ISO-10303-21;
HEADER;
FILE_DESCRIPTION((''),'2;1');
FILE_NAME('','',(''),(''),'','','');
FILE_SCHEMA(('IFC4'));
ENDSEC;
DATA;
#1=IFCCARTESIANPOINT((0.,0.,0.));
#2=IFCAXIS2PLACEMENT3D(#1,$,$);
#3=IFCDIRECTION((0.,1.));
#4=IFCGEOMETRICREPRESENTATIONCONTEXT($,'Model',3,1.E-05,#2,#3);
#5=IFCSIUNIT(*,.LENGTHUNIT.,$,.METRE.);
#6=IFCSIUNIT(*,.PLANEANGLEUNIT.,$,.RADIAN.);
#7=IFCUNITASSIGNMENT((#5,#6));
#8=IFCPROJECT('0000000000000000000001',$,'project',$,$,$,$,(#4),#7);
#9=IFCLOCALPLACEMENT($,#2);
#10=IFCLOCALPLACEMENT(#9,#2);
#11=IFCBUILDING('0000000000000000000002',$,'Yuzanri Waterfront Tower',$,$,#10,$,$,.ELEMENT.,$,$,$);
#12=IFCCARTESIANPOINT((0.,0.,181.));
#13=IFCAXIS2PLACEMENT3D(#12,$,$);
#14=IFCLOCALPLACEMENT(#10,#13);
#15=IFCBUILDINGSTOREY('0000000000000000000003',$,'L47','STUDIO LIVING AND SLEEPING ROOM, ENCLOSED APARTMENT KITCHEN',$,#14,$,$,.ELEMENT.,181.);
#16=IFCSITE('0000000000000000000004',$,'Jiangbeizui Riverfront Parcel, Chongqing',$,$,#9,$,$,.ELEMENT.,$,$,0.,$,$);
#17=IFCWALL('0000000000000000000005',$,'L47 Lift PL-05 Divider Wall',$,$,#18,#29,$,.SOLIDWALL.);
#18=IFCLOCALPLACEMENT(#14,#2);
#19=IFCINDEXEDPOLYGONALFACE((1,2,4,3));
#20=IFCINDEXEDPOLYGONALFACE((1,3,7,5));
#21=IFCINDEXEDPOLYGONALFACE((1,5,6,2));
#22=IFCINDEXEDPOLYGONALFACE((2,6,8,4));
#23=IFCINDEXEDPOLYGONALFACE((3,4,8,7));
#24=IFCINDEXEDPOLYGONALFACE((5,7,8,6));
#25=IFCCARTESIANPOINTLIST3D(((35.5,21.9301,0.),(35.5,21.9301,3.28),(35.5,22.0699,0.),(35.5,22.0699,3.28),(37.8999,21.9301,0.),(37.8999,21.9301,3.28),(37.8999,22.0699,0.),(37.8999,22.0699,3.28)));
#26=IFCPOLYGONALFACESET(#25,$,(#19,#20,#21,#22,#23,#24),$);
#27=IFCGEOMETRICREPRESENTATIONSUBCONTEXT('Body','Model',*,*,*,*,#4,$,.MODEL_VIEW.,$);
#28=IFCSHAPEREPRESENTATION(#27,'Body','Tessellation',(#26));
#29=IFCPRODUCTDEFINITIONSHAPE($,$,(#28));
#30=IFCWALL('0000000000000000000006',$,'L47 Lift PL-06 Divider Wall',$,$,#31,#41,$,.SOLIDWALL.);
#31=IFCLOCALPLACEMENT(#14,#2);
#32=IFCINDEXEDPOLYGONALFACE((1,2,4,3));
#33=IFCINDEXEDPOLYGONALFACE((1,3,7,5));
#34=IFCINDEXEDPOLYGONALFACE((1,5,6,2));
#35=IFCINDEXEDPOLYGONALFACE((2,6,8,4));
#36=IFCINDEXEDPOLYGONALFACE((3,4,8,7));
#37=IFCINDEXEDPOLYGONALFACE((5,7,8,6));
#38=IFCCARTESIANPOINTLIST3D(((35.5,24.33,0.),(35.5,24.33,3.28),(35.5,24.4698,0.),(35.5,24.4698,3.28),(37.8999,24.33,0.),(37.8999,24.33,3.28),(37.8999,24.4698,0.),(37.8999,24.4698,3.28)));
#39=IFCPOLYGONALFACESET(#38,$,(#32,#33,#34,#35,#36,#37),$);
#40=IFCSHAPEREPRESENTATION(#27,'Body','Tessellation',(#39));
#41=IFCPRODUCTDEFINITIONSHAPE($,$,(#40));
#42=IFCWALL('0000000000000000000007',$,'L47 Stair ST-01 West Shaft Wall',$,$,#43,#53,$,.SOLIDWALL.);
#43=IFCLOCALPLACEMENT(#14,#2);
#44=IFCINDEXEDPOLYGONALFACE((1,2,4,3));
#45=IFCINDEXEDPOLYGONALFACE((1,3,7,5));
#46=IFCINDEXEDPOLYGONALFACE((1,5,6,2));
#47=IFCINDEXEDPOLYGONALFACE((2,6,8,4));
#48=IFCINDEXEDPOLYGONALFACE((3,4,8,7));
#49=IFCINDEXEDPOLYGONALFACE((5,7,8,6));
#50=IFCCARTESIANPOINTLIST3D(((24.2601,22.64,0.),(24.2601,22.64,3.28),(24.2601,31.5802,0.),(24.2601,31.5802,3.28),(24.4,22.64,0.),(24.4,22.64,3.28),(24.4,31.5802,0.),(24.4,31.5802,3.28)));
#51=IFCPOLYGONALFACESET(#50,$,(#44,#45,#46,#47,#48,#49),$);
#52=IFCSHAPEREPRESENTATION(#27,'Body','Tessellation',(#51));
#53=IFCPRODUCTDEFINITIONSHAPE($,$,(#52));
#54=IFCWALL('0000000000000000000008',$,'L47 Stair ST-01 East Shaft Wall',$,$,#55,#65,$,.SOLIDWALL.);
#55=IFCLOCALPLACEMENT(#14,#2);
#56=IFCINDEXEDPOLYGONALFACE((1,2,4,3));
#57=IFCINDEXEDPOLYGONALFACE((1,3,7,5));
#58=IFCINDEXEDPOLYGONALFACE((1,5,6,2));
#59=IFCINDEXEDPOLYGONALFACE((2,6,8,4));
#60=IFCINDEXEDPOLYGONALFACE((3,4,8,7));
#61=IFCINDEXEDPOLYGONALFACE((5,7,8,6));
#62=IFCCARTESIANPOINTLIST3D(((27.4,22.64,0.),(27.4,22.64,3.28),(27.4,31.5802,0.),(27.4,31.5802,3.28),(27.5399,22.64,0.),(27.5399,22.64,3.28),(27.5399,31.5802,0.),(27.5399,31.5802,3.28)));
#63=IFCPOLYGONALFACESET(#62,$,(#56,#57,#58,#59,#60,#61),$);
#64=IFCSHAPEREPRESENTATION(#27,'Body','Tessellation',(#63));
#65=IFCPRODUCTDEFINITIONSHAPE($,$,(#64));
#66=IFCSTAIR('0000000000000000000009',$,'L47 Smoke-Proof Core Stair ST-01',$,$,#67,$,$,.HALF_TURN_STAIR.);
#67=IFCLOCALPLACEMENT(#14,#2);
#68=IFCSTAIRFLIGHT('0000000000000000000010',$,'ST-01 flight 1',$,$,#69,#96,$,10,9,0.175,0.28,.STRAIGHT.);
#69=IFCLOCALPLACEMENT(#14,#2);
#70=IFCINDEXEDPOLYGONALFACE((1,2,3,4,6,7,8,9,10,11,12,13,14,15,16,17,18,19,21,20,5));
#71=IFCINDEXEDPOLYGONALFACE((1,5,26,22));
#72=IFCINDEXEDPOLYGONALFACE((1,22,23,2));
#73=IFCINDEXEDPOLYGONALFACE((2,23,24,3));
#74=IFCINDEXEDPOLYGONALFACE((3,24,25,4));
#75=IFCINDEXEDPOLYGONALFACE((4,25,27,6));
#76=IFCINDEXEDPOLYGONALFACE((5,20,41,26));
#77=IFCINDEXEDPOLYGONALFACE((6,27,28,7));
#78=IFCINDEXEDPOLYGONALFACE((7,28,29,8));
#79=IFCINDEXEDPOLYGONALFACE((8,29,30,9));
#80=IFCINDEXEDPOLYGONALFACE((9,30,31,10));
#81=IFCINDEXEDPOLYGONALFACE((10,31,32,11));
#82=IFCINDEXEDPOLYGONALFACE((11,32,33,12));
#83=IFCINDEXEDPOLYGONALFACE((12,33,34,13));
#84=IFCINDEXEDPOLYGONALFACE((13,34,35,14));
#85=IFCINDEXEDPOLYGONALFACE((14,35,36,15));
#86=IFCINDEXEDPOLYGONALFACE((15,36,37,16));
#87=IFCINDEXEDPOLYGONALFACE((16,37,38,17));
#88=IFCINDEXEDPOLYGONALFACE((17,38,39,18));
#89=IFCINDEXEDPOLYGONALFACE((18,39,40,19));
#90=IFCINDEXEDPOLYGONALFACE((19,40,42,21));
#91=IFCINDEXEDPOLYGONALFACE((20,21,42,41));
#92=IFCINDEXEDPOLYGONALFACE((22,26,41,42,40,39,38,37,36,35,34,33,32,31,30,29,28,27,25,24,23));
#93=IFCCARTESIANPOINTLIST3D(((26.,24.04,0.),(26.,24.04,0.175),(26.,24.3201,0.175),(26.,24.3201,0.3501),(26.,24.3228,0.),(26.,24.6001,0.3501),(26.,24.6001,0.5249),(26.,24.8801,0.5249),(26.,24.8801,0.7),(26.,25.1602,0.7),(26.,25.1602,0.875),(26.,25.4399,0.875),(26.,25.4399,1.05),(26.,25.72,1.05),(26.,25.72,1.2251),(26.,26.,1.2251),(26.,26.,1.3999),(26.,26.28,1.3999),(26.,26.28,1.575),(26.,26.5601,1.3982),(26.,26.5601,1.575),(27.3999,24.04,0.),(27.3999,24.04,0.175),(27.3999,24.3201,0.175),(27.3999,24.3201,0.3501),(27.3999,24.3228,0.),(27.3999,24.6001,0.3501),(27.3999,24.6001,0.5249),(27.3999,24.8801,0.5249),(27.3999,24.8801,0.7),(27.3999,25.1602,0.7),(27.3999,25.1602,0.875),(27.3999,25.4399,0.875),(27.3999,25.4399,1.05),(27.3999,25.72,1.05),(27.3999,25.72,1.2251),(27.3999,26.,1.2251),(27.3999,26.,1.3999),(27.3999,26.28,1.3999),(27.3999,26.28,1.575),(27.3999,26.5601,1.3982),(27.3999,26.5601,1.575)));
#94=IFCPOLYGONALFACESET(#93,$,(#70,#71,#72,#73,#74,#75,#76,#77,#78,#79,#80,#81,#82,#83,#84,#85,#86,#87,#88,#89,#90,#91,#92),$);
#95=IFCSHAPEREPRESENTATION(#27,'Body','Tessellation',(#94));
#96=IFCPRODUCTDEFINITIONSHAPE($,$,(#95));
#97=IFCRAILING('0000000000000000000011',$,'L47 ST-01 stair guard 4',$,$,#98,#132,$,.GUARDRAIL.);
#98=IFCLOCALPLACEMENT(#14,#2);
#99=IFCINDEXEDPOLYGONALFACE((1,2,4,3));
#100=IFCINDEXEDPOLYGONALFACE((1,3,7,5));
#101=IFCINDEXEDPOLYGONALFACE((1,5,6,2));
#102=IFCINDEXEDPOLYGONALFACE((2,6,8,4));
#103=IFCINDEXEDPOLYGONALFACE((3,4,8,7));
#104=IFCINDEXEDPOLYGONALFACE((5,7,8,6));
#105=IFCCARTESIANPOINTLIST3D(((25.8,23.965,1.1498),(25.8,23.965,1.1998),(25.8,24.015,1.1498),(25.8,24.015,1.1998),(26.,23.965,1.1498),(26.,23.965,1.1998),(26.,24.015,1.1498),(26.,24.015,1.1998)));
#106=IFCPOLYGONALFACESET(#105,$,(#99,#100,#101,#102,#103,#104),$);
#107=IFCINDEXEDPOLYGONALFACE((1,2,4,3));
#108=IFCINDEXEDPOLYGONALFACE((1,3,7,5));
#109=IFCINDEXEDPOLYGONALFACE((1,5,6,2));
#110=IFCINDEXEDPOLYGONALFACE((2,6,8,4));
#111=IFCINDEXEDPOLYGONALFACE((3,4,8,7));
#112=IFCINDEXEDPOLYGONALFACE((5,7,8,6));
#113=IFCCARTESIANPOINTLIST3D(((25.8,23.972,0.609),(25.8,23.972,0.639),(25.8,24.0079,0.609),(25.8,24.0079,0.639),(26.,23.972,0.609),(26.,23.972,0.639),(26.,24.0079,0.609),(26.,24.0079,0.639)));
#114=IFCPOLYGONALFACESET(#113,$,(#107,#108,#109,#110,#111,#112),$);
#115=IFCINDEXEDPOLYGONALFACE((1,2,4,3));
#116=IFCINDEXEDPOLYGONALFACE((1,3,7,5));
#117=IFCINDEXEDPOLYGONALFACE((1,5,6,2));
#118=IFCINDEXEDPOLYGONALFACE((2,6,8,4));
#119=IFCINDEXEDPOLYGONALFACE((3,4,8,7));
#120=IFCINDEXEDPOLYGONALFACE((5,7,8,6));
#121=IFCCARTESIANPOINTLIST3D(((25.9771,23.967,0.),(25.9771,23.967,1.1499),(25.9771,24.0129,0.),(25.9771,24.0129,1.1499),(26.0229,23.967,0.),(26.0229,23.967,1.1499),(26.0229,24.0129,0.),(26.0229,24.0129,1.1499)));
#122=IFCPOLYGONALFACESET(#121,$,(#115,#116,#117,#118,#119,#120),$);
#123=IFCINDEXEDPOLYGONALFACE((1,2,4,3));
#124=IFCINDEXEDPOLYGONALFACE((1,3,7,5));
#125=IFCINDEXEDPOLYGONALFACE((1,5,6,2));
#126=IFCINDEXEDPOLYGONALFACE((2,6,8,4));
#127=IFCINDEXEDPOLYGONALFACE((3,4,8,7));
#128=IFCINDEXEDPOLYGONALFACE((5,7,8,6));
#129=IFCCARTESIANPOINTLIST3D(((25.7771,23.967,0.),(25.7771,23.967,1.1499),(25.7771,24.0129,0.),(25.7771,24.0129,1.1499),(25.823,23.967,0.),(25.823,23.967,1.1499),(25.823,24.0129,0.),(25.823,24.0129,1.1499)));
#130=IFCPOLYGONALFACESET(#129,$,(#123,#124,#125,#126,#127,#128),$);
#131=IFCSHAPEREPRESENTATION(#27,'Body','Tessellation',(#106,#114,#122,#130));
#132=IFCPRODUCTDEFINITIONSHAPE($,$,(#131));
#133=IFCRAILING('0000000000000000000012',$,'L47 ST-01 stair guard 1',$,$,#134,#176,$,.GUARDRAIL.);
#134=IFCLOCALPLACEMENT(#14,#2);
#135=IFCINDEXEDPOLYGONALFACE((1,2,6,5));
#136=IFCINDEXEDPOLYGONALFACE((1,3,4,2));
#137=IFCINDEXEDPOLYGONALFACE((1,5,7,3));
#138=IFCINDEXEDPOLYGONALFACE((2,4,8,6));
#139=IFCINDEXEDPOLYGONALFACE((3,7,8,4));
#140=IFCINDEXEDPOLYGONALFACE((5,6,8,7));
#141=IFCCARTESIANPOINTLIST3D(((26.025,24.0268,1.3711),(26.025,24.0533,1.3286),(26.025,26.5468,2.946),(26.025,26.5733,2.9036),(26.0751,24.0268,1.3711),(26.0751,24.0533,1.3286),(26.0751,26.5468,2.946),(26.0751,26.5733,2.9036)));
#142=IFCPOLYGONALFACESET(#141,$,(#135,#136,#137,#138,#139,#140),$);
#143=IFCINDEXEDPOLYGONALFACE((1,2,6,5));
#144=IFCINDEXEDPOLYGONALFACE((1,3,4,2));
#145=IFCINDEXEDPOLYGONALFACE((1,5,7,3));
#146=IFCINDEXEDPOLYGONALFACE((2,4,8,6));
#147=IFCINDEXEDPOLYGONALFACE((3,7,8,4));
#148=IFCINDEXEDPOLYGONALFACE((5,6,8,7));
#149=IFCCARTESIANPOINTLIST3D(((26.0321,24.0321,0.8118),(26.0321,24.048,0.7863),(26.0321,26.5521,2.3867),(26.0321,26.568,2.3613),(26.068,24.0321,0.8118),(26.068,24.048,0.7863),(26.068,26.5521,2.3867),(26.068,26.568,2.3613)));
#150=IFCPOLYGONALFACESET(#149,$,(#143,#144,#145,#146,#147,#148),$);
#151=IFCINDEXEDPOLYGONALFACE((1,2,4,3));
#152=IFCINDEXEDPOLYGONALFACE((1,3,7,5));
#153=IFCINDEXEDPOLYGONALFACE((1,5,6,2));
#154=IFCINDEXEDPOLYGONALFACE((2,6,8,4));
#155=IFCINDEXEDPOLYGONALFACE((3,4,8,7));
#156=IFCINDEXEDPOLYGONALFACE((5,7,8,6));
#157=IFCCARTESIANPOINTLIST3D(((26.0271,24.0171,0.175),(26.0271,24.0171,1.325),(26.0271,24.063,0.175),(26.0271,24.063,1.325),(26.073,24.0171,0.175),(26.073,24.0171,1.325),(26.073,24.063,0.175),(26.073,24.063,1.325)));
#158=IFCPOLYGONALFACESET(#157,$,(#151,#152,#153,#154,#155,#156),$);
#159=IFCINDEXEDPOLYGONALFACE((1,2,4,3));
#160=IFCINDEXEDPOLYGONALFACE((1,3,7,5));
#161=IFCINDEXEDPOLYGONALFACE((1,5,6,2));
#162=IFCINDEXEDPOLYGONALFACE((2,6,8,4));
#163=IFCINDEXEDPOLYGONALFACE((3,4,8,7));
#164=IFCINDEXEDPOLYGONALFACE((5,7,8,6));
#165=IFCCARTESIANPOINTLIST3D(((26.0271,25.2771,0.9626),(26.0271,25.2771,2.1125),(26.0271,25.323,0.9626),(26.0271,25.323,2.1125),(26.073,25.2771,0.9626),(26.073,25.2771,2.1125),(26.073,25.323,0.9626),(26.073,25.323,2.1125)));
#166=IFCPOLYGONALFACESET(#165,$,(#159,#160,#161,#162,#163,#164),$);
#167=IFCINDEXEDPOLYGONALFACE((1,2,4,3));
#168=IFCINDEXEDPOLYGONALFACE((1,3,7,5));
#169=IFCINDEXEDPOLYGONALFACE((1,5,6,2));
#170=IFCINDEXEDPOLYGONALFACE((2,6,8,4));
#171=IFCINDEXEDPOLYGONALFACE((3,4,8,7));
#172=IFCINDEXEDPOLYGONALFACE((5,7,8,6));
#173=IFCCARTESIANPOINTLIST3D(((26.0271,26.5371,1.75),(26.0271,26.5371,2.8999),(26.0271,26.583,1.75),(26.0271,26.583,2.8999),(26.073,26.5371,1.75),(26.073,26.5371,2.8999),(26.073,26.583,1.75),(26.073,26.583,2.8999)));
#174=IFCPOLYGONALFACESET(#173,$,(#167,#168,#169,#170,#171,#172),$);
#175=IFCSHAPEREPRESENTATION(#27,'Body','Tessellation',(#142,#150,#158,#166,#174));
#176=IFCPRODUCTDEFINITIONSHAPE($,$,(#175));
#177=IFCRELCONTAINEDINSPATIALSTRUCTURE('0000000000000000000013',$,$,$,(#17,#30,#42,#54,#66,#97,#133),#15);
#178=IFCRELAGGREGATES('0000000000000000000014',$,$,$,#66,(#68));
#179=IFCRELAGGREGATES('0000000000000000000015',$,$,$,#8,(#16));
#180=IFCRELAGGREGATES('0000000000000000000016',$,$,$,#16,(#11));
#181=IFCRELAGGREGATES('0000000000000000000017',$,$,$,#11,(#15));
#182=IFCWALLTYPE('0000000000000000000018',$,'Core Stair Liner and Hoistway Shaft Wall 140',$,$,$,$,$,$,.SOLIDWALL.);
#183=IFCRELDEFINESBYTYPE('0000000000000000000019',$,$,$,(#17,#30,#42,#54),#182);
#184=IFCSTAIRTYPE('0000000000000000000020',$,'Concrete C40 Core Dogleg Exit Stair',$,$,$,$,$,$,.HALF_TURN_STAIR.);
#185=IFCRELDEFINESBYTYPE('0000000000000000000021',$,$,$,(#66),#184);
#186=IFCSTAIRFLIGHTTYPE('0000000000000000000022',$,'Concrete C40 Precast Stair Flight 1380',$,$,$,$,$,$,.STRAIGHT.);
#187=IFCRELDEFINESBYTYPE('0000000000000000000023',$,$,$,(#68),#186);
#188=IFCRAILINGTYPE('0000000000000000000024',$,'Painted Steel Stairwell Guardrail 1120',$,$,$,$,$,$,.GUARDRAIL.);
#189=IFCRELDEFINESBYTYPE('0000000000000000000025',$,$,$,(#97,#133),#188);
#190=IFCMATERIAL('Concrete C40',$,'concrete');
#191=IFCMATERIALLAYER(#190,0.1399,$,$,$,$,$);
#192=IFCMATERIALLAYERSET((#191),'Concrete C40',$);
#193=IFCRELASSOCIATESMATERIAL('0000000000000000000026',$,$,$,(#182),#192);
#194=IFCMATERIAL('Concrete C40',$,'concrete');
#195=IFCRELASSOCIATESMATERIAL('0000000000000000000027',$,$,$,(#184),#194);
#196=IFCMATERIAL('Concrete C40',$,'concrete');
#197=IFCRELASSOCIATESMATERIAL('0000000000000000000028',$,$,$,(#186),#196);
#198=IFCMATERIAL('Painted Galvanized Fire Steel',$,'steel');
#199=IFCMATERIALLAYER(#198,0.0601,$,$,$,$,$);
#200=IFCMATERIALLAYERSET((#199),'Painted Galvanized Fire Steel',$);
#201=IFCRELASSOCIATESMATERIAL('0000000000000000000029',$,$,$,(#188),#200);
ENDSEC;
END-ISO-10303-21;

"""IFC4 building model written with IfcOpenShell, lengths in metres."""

from ifc_helpers import new_model, si_unit, direction, frame, frame_2d, origin, origin_2d, place, context, subcontext, project, spatial, polyline, rectangle, outline, extrude, source, transform, mapped, material, layer, layer_set, type_object, element, aggregate, save


model = new_model("IFC4")

# Units and contexts
model_context = context("Model", 3, precision=1e-05, world=origin(), true_north=direction((0.0, 1.0)))
body_context = subcontext(model_context, "Body", "Model", "MODEL_VIEW")
ifc_project = project(units=[si_unit("LENGTHUNIT", "METRE"), si_unit("PLANEANGLEUNIT", "RADIAN")], contexts=[model_context])

# Site, building, storey
site_placement = place(None, origin())
site = spatial("IfcSite", under=ifc_project, at=site_placement, Name="Jiangbeizui Riverfront Parcel, Chongqing", CompositionType="ELEMENT", RefElevation=0.0)
building_placement = place(site_placement, origin())
building = spatial("IfcBuilding", under=site, at=building_placement, Name="Yuzanri Waterfront Tower", CompositionType="ELEMENT")
storey_placement = place(building_placement, frame((0.0, 0.0, 181.0)))
storey = spatial("IfcBuildingStorey", under=building, at=storey_placement, Name="L47", Description="STUDIO LIVING AND SLEEPING ROOM, ENCLOSED APARTMENT KITCHEN", CompositionType="ELEMENT", Elevation=181.0)

# Shared definitions
ifc_material_1 = material(Name="Concrete C40", Category="concrete")
ifc_layer_1 = layer(ifc_material_1, 0.1399)
ifc_layer_set_1 = layer_set([ifc_layer_1], Name="Concrete C40")
wall_type_1 = type_object("IfcWallType", Name="Core Stair Liner and Hoistway Shaft Wall 140", PredefinedType="SOLIDWALL", material=ifc_layer_set_1)

# Walls
shared_shape_1 = source(origin(), body_context, "Body", "SweptSolid", [
    extrude(rectangle(XDim=2.3999, YDim=0.1399, at=frame_2d((1.2, 0.0))), origin(), (0.0, 0.0, 1.0), 3.28),
])
for number, where, z_axis, x_axis, name in (
    (1, (35.5, 22.0, 0.0), (0.0, 0.0, 1.0), (1.0, 0.0, 0.0), "L47 Lift PL-05 Divider Wall"),
    (2, (35.5, 24.3999, 0.0), (0.0, 0.0, 1.0), (1.0, 0.0, 0.0), "L47 Lift PL-06 Divider Wall"),
):
    element("IfcWall", number, at=place(storey_placement, frame(where, z_axis=z_axis, x_axis=x_axis)), inside=storey, type_object=wall_type_1, Name=name, PredefinedType="SOLIDWALL", context=body_context, shape_type="MappedRepresentation", body=[
        mapped(shared_shape_1, transform((0.0, 0.0, 0.0), scale=1.0)),
    ])
shared_shape_2 = source(origin(), body_context, "Body", "SweptSolid", [
    extrude(rectangle(XDim=8.9402, YDim=0.1399, at=frame_2d((4.4702, 0.0))), origin(), (0.0, 0.0, 1.0), 3.28),
])
for number, where, z_axis, x_axis, name in (
    (3, (24.3301, 22.6399, 0.0), (0.0, 0.0, 1.0), (0.0, 1.0, 0.0), "L47 Stair ST-01 West Shaft Wall"),
    (4, (27.47, 22.6399, 0.0), (0.0, 0.0, 1.0), (0.0, 1.0, 0.0), "L47 Stair ST-01 East Shaft Wall"),
):
    element("IfcWall", number, at=place(storey_placement, frame(where, z_axis=z_axis, x_axis=x_axis)), inside=storey, type_object=wall_type_1, Name=name, PredefinedType="SOLIDWALL", context=body_context, shape_type="MappedRepresentation", body=[
        mapped(shared_shape_2, transform((0.0, 0.0, 0.0), scale=1.0)),
    ])

# Stair, stair flight
ifc_material_2 = material(Name="Concrete C40", Category="concrete")
stair_type = type_object("IfcStairType", Name="Concrete C40 Core Dogleg Exit Stair", PredefinedType="HALF_TURN_STAIR", material=ifc_material_2)
stair_placement = place(storey_placement, origin())
stair = element("IfcStair", 5, at=stair_placement, inside=storey, type_object=stair_type, Name="L47 Smoke-Proof Core Stair ST-01", PredefinedType="HALF_TURN_STAIR")
ifc_material_3 = material(Name="Concrete C40", Category="concrete")
stair_flight_type = type_object("IfcStairFlightType", Name="Concrete C40 Precast Stair Flight 1380", PredefinedType="STRAIGHT", material=ifc_material_3)
shared_shape_3 = source(origin(), body_context, "Body", "SweptSolid", [
    extrude(outline(polyline([(0.0, 0.0), (0.0, 0.175), (0.28, 0.175), (0.28, 0.3501), (0.5601, 0.3501), (0.5601, 0.5249), (0.8401, 0.5249), (0.8401, 0.7), (1.1201, 0.7), (1.1201, 0.875), (1.3999, 0.875), (1.3999, 1.05), (1.6799, 1.05), (1.6799, 1.2251), (1.96, 1.2251), (1.96, 1.3999), (2.24, 1.3999), (2.24, 1.575), (2.52, 1.575), (2.52, 1.75), (2.52, 1.3982), (0.2827, 0.0), (0.0, 0.0)])), frame((0.0, 0.7, 0.0), z_axis=(0.0, -1.0, 0.0), x_axis=(1.0, 0.0, 0.0)), (0.0, 0.0, 1.0), 1.3999),
])
stair_flight_placement = place(storey_placement, frame((26.7, 24.04, 0.0), z_axis=(0.0, 0.0, 1.0), x_axis=(0.0, 1.0, 0.0)))
stair_flight = element("IfcStairFlight", 6, at=stair_flight_placement, type_object=stair_flight_type, Name="ST-01 flight 1", NumberOfRisers=10, NumberOfTreads=9, PredefinedType="STRAIGHT", RiserHeight=0.175, TreadLength=0.28, context=body_context, shape_type="MappedRepresentation", body=[
    mapped(shared_shape_3, transform((0.0, 0.0, 0.0), scale=1.0)),
])
aggregate(stair, [stair_flight])

# Railings
ifc_material_4 = material(Name="Painted Galvanized Fire Steel", Category="steel")
ifc_layer_2 = layer(ifc_material_4, 0.0601)
ifc_layer_set_2 = layer_set([ifc_layer_2], Name="Painted Galvanized Fire Steel")
railing_type_1 = type_object("IfcRailingType", Name="Painted Steel Stairwell Guardrail 1120", PredefinedType="GUARDRAIL", material=ifc_layer_set_2)
shared_shape_4 = source(origin(), body_context, "Body", "SweptSolid", [
    extrude(rectangle(XDim=0.05, YDim=0.05, at=origin_2d()), frame((0.0, 0.0, 1.1748), z_axis=(-1.0, 0.0, 0.0), x_axis=(0.0, -1.0, 0.0)), (0.0, 0.0, 1.0), 0.2),
    extrude(rectangle(XDim=0.0359, YDim=0.03, at=origin_2d()), frame((0.0, 0.0, 0.624), z_axis=(-1.0, 0.0, 0.0), x_axis=(0.0, -1.0, 0.0)), (0.0, 0.0, 1.0), 0.2),
    extrude(rectangle(XDim=0.0459, YDim=0.0459, at=origin_2d()), origin(), (0.0, 0.0, 1.0), 1.1499),
    extrude(rectangle(XDim=0.0459, YDim=0.0459, at=origin_2d()), frame((-0.2, 0.0, 0.0)), (0.0, 0.0, 1.0), 1.1499),
])
railing_1_placement = place(storey_placement, frame((26.0, 23.99, 0.0)))
element("IfcRailing", 7, at=railing_1_placement, inside=storey, type_object=railing_type_1, Name="L47 ST-01 stair guard 4", PredefinedType="GUARDRAIL", context=body_context, shape_type="MappedRepresentation", body=[
    mapped(shared_shape_4, transform((0.0, 0.0, 0.0), scale=1.0)),
])
shared_shape_5 = source(origin(), body_context, "Body", "SweptSolid", [
    extrude(rectangle(XDim=0.05, YDim=0.05, at=origin_2d()), frame((0.0, 0.0, 1.1748), z_axis=(0.0, 0.848008, 0.529984), x_axis=(-1.0, 0.0, 0.0)), (0.0, 0.0, 1.0), 2.9717),
    extrude(rectangle(XDim=0.0359, YDim=0.03, at=origin_2d()), frame((0.0, 0.0, 0.624), z_axis=(0.0, 0.848008, 0.529984), x_axis=(-1.0, 0.0, 0.0)), (0.0, 0.0, 1.0), 2.9717),
    extrude(rectangle(XDim=0.0459, YDim=0.0459, at=origin_2d()), origin(), (0.0, 0.0, 1.0), 1.1499),
    extrude(rectangle(XDim=0.0459, YDim=0.0459, at=origin_2d()), frame((0.0, 1.26, 0.7876)), (0.0, 0.0, 1.0), 1.1499),
    extrude(rectangle(XDim=0.0459, YDim=0.0459, at=origin_2d()), frame((0.0, 2.52, 1.575)), (0.0, 0.0, 1.0), 1.1499),
])
railing_2_placement = place(storey_placement, frame((26.05, 24.04, 0.175)))
element("IfcRailing", 8, at=railing_2_placement, inside=storey, type_object=railing_type_1, Name="L47 ST-01 stair guard 1", PredefinedType="GUARDRAIL", context=body_context, shape_type="MappedRepresentation", body=[
    mapped(shared_shape_5, transform((0.0, 0.0, 0.0), scale=1.0)),
])

save(model, "model.ifc")
